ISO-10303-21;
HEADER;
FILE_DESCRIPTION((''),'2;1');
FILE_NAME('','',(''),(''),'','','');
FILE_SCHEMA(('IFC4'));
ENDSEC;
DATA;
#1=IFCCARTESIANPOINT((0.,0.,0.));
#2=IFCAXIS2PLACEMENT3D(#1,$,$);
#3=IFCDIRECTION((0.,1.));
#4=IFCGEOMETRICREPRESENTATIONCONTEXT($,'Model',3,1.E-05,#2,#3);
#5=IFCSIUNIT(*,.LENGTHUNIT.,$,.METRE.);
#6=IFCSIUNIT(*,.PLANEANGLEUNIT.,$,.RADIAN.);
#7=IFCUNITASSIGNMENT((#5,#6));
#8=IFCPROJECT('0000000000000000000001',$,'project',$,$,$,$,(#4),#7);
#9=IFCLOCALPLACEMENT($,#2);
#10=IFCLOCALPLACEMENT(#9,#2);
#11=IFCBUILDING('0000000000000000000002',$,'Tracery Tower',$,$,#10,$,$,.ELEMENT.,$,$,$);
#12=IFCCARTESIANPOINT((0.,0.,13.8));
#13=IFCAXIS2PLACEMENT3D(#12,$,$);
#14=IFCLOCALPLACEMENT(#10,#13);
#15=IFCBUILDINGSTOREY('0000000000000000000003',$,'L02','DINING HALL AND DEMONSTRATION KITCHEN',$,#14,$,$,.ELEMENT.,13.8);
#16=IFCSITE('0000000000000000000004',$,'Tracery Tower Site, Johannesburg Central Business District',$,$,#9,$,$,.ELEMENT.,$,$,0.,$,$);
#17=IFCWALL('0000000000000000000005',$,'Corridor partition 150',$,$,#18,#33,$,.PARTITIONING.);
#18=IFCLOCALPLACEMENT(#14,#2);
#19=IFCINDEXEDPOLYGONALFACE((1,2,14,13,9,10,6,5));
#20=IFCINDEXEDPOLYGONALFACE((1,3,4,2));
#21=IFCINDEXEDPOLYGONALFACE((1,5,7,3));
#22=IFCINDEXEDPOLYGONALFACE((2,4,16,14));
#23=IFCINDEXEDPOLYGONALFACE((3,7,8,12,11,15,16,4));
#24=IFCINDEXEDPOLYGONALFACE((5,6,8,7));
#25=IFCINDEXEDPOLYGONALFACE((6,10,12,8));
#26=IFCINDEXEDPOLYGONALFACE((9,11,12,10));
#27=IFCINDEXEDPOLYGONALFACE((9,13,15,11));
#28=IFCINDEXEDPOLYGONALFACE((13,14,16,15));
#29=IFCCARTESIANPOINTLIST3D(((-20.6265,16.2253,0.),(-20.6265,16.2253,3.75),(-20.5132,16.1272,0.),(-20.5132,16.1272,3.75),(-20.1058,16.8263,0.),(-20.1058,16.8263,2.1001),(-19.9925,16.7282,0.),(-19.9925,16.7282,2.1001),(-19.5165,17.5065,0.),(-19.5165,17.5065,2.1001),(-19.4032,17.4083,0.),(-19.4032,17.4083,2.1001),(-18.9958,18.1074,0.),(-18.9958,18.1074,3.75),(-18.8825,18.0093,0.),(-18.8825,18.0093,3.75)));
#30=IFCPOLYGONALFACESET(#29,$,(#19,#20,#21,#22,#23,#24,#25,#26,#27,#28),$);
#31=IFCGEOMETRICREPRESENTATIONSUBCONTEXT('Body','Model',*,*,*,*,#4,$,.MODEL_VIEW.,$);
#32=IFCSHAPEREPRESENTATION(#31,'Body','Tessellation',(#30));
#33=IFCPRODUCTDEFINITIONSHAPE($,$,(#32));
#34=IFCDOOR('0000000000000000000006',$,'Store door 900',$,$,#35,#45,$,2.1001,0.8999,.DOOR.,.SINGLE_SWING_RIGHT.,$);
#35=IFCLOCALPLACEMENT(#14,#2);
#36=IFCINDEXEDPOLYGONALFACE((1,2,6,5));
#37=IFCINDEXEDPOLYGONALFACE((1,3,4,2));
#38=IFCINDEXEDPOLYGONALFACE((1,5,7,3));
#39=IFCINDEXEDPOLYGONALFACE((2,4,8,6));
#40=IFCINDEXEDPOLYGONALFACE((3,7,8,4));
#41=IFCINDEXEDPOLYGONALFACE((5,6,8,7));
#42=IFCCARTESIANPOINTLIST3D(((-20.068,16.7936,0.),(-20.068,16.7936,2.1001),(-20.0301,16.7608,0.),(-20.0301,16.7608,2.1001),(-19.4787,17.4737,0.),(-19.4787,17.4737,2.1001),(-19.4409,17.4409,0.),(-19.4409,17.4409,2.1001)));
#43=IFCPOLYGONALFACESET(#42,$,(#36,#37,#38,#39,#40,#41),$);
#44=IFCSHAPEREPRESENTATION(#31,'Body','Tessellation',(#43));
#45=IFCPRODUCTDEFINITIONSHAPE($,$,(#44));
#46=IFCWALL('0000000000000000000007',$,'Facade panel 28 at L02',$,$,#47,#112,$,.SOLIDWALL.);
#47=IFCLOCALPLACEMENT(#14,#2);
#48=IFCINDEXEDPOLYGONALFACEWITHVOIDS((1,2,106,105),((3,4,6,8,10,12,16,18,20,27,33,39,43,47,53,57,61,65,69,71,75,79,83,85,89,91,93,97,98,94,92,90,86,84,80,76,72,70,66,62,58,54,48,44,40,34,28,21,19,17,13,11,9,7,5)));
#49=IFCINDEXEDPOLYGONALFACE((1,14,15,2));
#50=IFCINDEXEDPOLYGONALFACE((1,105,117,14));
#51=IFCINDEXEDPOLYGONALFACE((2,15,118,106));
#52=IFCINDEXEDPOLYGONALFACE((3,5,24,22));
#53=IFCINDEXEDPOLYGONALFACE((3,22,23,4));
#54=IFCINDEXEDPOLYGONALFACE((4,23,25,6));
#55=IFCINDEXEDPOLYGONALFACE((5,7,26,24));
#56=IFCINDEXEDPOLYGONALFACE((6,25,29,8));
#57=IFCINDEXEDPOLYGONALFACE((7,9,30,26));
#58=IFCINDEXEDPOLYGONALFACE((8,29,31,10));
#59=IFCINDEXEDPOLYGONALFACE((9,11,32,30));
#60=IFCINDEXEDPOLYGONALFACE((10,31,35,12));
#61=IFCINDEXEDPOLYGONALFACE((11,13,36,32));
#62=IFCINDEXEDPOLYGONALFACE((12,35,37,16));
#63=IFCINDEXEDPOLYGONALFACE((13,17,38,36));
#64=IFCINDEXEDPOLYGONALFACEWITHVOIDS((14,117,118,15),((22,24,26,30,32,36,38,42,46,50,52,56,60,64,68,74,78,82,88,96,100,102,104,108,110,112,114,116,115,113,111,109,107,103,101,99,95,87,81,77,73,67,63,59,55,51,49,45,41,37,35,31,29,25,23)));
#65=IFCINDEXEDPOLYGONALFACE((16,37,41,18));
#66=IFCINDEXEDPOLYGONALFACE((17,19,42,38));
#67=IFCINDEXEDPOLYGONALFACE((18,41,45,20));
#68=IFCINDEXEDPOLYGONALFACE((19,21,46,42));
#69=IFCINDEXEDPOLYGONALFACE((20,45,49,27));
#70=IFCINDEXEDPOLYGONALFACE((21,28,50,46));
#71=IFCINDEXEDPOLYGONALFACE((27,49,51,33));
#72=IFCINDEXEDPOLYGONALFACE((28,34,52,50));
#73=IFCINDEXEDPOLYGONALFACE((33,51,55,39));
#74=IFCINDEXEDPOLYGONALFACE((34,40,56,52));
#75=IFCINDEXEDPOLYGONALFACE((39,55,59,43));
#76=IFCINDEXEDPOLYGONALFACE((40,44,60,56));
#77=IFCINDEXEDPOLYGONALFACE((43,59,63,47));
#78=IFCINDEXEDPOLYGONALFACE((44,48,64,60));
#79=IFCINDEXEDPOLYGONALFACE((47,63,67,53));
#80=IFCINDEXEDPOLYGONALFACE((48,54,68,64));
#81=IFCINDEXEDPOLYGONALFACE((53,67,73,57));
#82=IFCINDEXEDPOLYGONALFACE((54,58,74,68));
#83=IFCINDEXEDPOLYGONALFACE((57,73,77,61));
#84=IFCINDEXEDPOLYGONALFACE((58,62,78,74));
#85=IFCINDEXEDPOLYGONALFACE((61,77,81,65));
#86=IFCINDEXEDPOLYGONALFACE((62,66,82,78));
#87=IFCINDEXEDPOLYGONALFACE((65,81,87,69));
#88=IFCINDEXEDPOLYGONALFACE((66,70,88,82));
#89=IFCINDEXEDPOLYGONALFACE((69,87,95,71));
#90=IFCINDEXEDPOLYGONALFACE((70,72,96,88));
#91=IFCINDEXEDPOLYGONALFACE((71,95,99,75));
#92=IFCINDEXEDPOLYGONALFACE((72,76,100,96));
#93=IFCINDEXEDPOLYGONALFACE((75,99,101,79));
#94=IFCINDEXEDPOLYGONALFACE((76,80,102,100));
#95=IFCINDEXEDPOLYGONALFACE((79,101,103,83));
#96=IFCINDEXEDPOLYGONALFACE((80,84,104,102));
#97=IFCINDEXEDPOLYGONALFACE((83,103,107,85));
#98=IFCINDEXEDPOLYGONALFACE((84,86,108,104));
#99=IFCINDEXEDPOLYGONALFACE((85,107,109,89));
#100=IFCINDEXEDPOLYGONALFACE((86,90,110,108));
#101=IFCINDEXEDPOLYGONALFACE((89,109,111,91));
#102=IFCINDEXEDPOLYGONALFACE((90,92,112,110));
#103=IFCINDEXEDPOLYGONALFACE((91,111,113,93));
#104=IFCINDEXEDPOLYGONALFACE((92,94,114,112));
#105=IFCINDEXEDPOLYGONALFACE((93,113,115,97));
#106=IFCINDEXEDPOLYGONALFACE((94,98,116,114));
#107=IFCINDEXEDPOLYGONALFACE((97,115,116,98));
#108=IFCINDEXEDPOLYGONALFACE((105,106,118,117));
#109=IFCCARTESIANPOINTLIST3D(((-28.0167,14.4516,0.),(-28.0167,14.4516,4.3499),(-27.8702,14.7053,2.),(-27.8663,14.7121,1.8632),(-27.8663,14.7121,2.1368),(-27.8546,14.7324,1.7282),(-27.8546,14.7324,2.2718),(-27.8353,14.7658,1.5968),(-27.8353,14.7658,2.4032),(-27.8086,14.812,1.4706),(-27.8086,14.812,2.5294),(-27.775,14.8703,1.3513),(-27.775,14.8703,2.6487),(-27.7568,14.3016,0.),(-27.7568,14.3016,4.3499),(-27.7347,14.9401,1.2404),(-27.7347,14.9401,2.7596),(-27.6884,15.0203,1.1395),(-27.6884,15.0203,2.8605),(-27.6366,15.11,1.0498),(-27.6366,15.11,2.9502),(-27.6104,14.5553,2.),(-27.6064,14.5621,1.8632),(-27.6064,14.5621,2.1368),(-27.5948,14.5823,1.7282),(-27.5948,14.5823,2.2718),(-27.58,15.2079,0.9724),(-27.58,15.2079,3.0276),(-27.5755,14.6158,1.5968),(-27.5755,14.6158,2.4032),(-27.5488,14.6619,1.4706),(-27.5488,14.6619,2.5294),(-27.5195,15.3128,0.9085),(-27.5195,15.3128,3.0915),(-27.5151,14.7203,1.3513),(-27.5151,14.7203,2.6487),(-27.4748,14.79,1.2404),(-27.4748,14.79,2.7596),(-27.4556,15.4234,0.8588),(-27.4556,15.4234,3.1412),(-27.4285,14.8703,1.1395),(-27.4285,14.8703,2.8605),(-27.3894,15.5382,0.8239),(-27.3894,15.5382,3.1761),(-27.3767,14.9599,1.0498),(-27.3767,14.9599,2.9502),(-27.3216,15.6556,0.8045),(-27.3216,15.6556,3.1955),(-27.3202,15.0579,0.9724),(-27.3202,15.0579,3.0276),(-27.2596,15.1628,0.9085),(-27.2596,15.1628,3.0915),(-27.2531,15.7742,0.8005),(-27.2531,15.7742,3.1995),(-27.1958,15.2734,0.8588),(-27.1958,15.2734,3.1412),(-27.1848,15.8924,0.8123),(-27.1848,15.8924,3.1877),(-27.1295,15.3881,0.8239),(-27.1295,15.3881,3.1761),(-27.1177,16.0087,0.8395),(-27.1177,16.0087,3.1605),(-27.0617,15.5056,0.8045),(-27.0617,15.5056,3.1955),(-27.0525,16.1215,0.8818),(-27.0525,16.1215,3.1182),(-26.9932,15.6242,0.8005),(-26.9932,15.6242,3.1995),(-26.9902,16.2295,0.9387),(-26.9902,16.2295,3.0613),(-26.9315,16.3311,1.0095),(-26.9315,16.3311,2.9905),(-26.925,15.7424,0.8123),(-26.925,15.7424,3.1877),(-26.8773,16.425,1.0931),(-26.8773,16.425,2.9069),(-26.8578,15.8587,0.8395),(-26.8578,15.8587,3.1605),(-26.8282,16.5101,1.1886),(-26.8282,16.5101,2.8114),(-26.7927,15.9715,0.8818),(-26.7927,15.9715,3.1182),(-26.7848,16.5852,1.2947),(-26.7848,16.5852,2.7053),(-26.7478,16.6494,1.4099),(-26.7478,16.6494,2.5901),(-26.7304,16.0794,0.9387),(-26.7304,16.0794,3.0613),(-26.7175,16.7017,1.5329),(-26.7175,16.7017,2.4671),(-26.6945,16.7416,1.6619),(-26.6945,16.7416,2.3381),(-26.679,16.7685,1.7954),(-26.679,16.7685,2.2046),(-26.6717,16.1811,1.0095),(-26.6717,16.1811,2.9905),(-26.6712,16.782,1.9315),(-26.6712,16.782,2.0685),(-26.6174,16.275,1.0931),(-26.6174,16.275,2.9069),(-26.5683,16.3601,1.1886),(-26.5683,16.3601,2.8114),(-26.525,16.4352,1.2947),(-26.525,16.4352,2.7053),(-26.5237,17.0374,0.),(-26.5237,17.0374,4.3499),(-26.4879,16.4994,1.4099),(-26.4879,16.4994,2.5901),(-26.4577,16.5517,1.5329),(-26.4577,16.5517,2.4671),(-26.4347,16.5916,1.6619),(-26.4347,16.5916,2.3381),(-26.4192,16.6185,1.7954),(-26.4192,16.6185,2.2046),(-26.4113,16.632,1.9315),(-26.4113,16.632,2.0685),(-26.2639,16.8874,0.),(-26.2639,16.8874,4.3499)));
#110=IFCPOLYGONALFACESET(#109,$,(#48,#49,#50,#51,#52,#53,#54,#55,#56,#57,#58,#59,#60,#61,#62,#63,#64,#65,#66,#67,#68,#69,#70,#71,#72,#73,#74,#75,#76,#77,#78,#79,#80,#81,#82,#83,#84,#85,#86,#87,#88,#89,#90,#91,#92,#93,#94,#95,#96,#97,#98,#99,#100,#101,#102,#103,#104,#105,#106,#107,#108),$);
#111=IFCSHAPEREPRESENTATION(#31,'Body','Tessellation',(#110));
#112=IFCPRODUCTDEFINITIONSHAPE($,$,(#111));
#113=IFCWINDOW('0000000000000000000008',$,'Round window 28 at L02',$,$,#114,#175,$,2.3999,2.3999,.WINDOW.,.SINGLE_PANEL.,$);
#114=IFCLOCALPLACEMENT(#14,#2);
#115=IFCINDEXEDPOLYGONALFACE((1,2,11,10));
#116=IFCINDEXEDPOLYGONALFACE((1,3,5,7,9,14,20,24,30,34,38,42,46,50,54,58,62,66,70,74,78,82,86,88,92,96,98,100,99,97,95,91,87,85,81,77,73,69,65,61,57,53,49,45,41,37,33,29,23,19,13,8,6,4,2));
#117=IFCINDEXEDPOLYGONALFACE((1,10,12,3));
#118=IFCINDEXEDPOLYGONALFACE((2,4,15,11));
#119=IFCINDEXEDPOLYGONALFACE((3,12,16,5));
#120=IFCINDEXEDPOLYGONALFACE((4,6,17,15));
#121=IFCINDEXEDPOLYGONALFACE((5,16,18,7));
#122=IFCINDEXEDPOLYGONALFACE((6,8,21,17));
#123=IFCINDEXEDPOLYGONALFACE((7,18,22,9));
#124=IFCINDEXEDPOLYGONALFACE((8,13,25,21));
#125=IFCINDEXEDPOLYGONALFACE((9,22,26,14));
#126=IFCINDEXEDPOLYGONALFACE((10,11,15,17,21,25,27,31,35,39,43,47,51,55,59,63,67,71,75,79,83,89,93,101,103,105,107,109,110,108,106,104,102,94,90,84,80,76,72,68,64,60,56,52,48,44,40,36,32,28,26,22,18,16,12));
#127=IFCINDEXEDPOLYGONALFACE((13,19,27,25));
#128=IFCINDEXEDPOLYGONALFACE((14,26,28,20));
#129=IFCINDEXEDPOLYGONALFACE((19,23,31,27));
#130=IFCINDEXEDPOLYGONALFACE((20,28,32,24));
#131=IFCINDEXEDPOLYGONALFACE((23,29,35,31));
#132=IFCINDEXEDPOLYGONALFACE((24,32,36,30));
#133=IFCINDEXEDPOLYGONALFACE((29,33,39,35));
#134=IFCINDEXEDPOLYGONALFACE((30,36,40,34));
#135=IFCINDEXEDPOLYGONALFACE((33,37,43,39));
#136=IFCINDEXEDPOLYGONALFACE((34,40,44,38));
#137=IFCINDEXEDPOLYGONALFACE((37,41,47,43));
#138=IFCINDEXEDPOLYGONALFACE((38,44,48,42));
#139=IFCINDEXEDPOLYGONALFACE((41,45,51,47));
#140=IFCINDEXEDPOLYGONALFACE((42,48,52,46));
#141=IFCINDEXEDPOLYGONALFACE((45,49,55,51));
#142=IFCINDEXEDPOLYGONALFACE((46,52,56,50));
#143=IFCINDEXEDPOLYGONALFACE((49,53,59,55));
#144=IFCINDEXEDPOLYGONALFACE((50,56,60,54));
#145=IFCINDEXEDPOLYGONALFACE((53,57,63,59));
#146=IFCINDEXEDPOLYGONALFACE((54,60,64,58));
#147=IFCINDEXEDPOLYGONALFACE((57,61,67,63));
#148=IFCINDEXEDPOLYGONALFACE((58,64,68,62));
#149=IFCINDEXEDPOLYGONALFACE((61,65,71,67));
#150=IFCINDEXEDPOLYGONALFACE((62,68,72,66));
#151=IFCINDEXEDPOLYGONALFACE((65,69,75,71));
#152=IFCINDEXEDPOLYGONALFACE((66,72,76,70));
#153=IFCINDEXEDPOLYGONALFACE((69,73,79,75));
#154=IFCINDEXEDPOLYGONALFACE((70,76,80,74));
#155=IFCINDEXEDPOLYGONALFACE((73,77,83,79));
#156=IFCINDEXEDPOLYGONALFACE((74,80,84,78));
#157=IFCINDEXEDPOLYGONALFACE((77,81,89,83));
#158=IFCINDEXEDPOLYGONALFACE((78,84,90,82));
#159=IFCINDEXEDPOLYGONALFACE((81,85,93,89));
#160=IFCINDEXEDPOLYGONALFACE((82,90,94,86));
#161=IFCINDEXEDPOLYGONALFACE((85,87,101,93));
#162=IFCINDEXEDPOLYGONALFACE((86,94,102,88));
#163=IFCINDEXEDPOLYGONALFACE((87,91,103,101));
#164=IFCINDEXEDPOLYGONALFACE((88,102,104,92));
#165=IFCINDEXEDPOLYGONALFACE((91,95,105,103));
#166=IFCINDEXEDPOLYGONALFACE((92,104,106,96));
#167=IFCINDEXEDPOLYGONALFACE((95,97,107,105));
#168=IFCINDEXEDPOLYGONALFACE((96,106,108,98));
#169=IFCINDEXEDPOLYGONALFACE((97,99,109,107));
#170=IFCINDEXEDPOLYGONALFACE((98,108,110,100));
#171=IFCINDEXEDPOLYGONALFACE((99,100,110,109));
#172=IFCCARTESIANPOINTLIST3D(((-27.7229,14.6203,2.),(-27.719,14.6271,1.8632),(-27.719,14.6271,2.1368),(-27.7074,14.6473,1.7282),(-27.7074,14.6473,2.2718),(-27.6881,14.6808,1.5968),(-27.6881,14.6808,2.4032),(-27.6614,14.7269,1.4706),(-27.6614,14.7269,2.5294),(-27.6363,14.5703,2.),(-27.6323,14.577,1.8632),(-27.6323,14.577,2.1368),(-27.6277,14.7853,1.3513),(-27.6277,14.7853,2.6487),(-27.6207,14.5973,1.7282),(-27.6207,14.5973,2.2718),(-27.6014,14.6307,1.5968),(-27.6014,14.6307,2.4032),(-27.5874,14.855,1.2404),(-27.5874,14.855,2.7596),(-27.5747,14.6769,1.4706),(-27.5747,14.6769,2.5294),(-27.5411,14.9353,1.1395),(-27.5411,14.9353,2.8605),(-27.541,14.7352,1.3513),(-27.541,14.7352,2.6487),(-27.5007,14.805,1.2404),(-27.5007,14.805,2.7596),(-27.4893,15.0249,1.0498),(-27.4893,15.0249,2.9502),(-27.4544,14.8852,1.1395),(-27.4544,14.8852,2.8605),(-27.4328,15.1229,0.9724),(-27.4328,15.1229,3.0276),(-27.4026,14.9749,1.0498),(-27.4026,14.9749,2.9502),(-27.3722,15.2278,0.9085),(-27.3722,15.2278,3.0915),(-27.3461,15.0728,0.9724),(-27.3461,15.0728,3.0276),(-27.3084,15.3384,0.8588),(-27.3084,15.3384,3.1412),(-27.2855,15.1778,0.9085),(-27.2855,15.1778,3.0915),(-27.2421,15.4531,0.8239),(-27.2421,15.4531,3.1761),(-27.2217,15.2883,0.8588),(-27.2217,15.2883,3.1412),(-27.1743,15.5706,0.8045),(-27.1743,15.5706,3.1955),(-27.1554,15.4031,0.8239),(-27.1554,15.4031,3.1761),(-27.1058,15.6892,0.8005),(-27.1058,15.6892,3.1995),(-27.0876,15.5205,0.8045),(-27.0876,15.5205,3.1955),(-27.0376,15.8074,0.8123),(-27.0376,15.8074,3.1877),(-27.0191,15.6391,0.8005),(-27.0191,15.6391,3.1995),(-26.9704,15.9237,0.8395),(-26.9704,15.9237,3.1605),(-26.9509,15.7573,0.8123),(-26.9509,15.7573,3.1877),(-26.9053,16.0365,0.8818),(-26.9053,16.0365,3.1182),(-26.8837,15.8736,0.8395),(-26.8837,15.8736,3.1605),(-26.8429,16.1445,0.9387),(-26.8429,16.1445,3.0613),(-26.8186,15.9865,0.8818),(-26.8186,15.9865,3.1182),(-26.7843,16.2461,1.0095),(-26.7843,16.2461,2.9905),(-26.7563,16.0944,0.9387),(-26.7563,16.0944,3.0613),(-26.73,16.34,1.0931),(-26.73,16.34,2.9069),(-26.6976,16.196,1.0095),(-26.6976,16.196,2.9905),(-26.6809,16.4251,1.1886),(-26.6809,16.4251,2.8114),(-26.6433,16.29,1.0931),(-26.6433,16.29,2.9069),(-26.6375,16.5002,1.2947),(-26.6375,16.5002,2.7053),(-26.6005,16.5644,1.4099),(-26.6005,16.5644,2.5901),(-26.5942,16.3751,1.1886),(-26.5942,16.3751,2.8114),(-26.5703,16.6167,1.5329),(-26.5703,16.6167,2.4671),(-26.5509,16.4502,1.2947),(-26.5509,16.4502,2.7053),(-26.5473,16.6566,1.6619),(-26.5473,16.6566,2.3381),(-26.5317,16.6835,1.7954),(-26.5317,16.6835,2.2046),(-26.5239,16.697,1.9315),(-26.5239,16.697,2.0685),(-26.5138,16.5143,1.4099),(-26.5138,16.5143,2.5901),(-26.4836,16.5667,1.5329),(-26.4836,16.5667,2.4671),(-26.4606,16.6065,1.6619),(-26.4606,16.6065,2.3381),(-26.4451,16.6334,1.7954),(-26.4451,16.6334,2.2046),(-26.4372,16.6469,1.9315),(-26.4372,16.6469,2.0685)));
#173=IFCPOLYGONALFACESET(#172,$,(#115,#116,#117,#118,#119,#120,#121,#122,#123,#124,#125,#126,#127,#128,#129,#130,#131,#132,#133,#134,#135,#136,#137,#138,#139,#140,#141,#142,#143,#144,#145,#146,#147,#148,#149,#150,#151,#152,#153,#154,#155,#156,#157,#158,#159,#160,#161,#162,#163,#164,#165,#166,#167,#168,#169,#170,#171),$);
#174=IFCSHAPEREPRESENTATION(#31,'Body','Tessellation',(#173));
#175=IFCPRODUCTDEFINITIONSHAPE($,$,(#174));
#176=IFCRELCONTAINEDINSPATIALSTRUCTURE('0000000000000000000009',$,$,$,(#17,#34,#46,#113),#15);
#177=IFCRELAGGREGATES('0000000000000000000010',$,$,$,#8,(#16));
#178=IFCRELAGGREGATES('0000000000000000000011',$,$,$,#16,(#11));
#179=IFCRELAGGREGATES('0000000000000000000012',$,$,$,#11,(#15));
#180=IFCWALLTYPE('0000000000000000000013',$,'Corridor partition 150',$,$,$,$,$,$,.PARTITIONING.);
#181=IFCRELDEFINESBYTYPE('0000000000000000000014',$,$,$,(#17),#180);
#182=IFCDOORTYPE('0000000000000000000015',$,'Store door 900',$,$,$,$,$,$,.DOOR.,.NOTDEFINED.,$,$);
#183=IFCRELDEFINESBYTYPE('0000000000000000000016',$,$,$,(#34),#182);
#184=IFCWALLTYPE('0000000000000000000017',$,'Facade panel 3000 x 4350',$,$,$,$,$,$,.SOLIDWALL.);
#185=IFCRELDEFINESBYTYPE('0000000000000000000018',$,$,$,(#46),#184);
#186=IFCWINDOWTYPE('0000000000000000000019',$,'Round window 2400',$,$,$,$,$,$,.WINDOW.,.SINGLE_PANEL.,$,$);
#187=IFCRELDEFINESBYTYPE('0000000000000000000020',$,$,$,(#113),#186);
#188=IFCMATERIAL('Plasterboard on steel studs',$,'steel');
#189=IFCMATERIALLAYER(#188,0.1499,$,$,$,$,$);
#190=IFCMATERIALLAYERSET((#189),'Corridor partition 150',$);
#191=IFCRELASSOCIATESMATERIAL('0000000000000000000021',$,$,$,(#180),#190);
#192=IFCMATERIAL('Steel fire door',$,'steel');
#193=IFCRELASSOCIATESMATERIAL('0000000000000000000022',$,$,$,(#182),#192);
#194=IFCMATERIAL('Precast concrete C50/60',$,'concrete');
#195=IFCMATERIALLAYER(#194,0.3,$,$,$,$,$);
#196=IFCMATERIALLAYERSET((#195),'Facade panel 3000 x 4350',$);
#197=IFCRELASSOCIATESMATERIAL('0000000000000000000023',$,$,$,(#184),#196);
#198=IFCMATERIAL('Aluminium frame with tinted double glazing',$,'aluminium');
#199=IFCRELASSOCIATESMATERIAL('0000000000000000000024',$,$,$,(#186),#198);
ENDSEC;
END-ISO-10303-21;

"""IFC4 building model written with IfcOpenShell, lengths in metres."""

from ifc_helpers import new_model, si_unit, direction, frame, frame_2d, origin, origin_2d, place, context, subcontext, project, spatial, rectangle, circle, extrude, material, layer, layer_set, type_object, element, fill, save


model = new_model("IFC4")

# Units and contexts
model_context = context("Model", 3, precision=1e-05, world=origin(), true_north=direction((0.0, 1.0)))
body_context = subcontext(model_context, "Body", "Model", "MODEL_VIEW")
ifc_project = project(units=[si_unit("LENGTHUNIT", "METRE"), si_unit("PLANEANGLEUNIT", "RADIAN")], contexts=[model_context])

# Site, building, storey
site_placement = place(None, origin())
site = spatial("IfcSite", under=ifc_project, at=site_placement, Name="Tracery Tower Site, Johannesburg Central Business District", CompositionType="ELEMENT", RefElevation=0.0)
building_placement = place(site_placement, origin())
building = spatial("IfcBuilding", under=site, at=building_placement, Name="Tracery Tower", CompositionType="ELEMENT")
storey_placement = place(building_placement, frame((0.0, 0.0, 13.8)))
storey = spatial("IfcBuildingStorey", under=building, at=storey_placement, Name="L02", Description="DINING HALL AND DEMONSTRATION KITCHEN", CompositionType="ELEMENT", Elevation=13.8)

# Shared definitions
ifc_material_1 = material(Name="Plasterboard on steel studs", Category="steel")
ifc_layer_1 = layer(ifc_material_1, 0.1499)
ifc_layer_set_1 = layer_set([ifc_layer_1], Name="Corridor partition 150")
wall_type_1 = type_object("IfcWallType", Name="Corridor partition 150", PredefinedType="PARTITIONING", material=ifc_layer_set_1)

# Wall, opening, door
wall_1_placement = place(storey_placement, frame((-20.5698, 16.1763, 0.0), z_axis=(0.0, 0.0, 1.0), x_axis=(0.654811, 0.755793, 0.0)))
wall_1 = element("IfcWall", 1, at=wall_1_placement, inside=storey, type_object=wall_type_1, Name="Corridor partition 150", PredefinedType="PARTITIONING", context=body_context, shape_type="SweptSolid", body=[
    extrude(rectangle(XDim=2.4902, YDim=0.1499, at=frame_2d((1.2451, 0.0))), origin(), (0.0, 0.0, 1.0), 3.75),
])
opening_1_placement = place(wall_1_placement, frame((0.7952, 0.0, 0.0)))
opening_1 = element("IfcOpeningElement", 2, at=opening_1_placement, cuts=wall_1, PredefinedType="OPENING", context=body_context, shape_type="SweptSolid", body=[
    extrude(rectangle(XDim=0.8999, YDim=2.1001, at=frame_2d((0.45, 1.05))), frame((0.0, 0.075, 0.0), z_axis=(0.0, -1.0, 0.0), x_axis=(1.0, 0.0, 0.0)), (0.0, 0.0, 1.0), 0.1499),
])
ifc_material_2 = material(Name="Steel fire door", Category="steel")
door_type = type_object("IfcDoorType", Name="Store door 900", OperationType="NOTDEFINED", PredefinedType="DOOR", material=ifc_material_2)
door_placement = place(opening_1_placement, origin())
door = element("IfcDoor", 3, at=door_placement, inside=storey, type_object=door_type, Name="Store door 900", OperationType="SINGLE_SWING_RIGHT", OverallHeight=2.1001, OverallWidth=0.8999, PredefinedType="DOOR", context=body_context, shape_type="SweptSolid", body=[
    extrude(rectangle(XDim=0.8999, YDim=2.1001, at=frame_2d((0.45, 1.05))), frame((0.0, 0.0249, 0.0), z_axis=(0.0, -1.0, 0.0), x_axis=(1.0, 0.0, 0.0)), (0.0, 0.0, 1.0), 0.05),
])
fill(opening_1, door)

# Wall, opening, window
ifc_material_3 = material(Name="Precast concrete C50/60", Category="concrete")
ifc_layer_2 = layer(ifc_material_3, 0.3)
ifc_layer_set_2 = layer_set([ifc_layer_2], Name="Facade panel 3000 x 4350")
wall_type_2 = type_object("IfcWallType", Name="Facade panel 3000 x 4350", PredefinedType="SOLIDWALL", material=ifc_layer_set_2)
wall_2_placement = place(storey_placement, frame((-26.3938, 16.9624, 0.0), z_axis=(0.0, 0.0, 1.0), x_axis=(-0.500017, -0.866015, 0.0)))
wall_2 = element("IfcWall", 4, at=wall_2_placement, inside=storey, type_object=wall_type_2, Name="Facade panel 28 at L02", PredefinedType="SOLIDWALL", context=body_context, shape_type="SweptSolid", body=[
    extrude(rectangle(XDim=2.9858, YDim=0.3, at=frame_2d((1.4929, 0.0))), origin(), (0.0, 0.0, 1.0), 4.3499),
])
opening_2_placement = place(wall_2_placement, frame((1.4929, 0.0, 2.0)))
opening_2 = element("IfcOpeningElement", 5, at=opening_2_placement, cuts=wall_2, PredefinedType="OPENING", context=body_context, shape_type="SweptSolid", body=[
    extrude(circle(Radius=1.2, at=origin_2d()), frame((0.0, 0.1599, 0.0), z_axis=(0.0, -1.0, 0.0), x_axis=(1.0, 0.0, 0.0)), (0.0, 0.0, 1.0), 0.3201),
])
ifc_material_4 = material(Name="Aluminium frame with tinted double glazing", Category="aluminium")
window_type = type_object("IfcWindowType", Name="Round window 2400", PartitioningType="SINGLE_PANEL", PredefinedType="WINDOW", material=ifc_material_4)
window_1_placement = place(opening_2_placement, origin())
window_1 = element("IfcWindow", 6, at=window_1_placement, inside=storey, type_object=window_type, Name="Round window 28 at L02", OverallHeight=2.3999, OverallWidth=2.3999, PartitioningType="SINGLE_PANEL", PredefinedType="WINDOW", context=body_context, shape_type="SweptSolid", body=[
    extrude(circle(Radius=1.2, at=origin_2d()), frame((0.0, 0.1201, 0.0), z_axis=(0.0, -1.0, 0.0), x_axis=(1.0, 0.0, 0.0)), (0.0, 0.0, 1.0), 0.1001),
])
fill(opening_2, window_1)

save(model, "model.ifc")
